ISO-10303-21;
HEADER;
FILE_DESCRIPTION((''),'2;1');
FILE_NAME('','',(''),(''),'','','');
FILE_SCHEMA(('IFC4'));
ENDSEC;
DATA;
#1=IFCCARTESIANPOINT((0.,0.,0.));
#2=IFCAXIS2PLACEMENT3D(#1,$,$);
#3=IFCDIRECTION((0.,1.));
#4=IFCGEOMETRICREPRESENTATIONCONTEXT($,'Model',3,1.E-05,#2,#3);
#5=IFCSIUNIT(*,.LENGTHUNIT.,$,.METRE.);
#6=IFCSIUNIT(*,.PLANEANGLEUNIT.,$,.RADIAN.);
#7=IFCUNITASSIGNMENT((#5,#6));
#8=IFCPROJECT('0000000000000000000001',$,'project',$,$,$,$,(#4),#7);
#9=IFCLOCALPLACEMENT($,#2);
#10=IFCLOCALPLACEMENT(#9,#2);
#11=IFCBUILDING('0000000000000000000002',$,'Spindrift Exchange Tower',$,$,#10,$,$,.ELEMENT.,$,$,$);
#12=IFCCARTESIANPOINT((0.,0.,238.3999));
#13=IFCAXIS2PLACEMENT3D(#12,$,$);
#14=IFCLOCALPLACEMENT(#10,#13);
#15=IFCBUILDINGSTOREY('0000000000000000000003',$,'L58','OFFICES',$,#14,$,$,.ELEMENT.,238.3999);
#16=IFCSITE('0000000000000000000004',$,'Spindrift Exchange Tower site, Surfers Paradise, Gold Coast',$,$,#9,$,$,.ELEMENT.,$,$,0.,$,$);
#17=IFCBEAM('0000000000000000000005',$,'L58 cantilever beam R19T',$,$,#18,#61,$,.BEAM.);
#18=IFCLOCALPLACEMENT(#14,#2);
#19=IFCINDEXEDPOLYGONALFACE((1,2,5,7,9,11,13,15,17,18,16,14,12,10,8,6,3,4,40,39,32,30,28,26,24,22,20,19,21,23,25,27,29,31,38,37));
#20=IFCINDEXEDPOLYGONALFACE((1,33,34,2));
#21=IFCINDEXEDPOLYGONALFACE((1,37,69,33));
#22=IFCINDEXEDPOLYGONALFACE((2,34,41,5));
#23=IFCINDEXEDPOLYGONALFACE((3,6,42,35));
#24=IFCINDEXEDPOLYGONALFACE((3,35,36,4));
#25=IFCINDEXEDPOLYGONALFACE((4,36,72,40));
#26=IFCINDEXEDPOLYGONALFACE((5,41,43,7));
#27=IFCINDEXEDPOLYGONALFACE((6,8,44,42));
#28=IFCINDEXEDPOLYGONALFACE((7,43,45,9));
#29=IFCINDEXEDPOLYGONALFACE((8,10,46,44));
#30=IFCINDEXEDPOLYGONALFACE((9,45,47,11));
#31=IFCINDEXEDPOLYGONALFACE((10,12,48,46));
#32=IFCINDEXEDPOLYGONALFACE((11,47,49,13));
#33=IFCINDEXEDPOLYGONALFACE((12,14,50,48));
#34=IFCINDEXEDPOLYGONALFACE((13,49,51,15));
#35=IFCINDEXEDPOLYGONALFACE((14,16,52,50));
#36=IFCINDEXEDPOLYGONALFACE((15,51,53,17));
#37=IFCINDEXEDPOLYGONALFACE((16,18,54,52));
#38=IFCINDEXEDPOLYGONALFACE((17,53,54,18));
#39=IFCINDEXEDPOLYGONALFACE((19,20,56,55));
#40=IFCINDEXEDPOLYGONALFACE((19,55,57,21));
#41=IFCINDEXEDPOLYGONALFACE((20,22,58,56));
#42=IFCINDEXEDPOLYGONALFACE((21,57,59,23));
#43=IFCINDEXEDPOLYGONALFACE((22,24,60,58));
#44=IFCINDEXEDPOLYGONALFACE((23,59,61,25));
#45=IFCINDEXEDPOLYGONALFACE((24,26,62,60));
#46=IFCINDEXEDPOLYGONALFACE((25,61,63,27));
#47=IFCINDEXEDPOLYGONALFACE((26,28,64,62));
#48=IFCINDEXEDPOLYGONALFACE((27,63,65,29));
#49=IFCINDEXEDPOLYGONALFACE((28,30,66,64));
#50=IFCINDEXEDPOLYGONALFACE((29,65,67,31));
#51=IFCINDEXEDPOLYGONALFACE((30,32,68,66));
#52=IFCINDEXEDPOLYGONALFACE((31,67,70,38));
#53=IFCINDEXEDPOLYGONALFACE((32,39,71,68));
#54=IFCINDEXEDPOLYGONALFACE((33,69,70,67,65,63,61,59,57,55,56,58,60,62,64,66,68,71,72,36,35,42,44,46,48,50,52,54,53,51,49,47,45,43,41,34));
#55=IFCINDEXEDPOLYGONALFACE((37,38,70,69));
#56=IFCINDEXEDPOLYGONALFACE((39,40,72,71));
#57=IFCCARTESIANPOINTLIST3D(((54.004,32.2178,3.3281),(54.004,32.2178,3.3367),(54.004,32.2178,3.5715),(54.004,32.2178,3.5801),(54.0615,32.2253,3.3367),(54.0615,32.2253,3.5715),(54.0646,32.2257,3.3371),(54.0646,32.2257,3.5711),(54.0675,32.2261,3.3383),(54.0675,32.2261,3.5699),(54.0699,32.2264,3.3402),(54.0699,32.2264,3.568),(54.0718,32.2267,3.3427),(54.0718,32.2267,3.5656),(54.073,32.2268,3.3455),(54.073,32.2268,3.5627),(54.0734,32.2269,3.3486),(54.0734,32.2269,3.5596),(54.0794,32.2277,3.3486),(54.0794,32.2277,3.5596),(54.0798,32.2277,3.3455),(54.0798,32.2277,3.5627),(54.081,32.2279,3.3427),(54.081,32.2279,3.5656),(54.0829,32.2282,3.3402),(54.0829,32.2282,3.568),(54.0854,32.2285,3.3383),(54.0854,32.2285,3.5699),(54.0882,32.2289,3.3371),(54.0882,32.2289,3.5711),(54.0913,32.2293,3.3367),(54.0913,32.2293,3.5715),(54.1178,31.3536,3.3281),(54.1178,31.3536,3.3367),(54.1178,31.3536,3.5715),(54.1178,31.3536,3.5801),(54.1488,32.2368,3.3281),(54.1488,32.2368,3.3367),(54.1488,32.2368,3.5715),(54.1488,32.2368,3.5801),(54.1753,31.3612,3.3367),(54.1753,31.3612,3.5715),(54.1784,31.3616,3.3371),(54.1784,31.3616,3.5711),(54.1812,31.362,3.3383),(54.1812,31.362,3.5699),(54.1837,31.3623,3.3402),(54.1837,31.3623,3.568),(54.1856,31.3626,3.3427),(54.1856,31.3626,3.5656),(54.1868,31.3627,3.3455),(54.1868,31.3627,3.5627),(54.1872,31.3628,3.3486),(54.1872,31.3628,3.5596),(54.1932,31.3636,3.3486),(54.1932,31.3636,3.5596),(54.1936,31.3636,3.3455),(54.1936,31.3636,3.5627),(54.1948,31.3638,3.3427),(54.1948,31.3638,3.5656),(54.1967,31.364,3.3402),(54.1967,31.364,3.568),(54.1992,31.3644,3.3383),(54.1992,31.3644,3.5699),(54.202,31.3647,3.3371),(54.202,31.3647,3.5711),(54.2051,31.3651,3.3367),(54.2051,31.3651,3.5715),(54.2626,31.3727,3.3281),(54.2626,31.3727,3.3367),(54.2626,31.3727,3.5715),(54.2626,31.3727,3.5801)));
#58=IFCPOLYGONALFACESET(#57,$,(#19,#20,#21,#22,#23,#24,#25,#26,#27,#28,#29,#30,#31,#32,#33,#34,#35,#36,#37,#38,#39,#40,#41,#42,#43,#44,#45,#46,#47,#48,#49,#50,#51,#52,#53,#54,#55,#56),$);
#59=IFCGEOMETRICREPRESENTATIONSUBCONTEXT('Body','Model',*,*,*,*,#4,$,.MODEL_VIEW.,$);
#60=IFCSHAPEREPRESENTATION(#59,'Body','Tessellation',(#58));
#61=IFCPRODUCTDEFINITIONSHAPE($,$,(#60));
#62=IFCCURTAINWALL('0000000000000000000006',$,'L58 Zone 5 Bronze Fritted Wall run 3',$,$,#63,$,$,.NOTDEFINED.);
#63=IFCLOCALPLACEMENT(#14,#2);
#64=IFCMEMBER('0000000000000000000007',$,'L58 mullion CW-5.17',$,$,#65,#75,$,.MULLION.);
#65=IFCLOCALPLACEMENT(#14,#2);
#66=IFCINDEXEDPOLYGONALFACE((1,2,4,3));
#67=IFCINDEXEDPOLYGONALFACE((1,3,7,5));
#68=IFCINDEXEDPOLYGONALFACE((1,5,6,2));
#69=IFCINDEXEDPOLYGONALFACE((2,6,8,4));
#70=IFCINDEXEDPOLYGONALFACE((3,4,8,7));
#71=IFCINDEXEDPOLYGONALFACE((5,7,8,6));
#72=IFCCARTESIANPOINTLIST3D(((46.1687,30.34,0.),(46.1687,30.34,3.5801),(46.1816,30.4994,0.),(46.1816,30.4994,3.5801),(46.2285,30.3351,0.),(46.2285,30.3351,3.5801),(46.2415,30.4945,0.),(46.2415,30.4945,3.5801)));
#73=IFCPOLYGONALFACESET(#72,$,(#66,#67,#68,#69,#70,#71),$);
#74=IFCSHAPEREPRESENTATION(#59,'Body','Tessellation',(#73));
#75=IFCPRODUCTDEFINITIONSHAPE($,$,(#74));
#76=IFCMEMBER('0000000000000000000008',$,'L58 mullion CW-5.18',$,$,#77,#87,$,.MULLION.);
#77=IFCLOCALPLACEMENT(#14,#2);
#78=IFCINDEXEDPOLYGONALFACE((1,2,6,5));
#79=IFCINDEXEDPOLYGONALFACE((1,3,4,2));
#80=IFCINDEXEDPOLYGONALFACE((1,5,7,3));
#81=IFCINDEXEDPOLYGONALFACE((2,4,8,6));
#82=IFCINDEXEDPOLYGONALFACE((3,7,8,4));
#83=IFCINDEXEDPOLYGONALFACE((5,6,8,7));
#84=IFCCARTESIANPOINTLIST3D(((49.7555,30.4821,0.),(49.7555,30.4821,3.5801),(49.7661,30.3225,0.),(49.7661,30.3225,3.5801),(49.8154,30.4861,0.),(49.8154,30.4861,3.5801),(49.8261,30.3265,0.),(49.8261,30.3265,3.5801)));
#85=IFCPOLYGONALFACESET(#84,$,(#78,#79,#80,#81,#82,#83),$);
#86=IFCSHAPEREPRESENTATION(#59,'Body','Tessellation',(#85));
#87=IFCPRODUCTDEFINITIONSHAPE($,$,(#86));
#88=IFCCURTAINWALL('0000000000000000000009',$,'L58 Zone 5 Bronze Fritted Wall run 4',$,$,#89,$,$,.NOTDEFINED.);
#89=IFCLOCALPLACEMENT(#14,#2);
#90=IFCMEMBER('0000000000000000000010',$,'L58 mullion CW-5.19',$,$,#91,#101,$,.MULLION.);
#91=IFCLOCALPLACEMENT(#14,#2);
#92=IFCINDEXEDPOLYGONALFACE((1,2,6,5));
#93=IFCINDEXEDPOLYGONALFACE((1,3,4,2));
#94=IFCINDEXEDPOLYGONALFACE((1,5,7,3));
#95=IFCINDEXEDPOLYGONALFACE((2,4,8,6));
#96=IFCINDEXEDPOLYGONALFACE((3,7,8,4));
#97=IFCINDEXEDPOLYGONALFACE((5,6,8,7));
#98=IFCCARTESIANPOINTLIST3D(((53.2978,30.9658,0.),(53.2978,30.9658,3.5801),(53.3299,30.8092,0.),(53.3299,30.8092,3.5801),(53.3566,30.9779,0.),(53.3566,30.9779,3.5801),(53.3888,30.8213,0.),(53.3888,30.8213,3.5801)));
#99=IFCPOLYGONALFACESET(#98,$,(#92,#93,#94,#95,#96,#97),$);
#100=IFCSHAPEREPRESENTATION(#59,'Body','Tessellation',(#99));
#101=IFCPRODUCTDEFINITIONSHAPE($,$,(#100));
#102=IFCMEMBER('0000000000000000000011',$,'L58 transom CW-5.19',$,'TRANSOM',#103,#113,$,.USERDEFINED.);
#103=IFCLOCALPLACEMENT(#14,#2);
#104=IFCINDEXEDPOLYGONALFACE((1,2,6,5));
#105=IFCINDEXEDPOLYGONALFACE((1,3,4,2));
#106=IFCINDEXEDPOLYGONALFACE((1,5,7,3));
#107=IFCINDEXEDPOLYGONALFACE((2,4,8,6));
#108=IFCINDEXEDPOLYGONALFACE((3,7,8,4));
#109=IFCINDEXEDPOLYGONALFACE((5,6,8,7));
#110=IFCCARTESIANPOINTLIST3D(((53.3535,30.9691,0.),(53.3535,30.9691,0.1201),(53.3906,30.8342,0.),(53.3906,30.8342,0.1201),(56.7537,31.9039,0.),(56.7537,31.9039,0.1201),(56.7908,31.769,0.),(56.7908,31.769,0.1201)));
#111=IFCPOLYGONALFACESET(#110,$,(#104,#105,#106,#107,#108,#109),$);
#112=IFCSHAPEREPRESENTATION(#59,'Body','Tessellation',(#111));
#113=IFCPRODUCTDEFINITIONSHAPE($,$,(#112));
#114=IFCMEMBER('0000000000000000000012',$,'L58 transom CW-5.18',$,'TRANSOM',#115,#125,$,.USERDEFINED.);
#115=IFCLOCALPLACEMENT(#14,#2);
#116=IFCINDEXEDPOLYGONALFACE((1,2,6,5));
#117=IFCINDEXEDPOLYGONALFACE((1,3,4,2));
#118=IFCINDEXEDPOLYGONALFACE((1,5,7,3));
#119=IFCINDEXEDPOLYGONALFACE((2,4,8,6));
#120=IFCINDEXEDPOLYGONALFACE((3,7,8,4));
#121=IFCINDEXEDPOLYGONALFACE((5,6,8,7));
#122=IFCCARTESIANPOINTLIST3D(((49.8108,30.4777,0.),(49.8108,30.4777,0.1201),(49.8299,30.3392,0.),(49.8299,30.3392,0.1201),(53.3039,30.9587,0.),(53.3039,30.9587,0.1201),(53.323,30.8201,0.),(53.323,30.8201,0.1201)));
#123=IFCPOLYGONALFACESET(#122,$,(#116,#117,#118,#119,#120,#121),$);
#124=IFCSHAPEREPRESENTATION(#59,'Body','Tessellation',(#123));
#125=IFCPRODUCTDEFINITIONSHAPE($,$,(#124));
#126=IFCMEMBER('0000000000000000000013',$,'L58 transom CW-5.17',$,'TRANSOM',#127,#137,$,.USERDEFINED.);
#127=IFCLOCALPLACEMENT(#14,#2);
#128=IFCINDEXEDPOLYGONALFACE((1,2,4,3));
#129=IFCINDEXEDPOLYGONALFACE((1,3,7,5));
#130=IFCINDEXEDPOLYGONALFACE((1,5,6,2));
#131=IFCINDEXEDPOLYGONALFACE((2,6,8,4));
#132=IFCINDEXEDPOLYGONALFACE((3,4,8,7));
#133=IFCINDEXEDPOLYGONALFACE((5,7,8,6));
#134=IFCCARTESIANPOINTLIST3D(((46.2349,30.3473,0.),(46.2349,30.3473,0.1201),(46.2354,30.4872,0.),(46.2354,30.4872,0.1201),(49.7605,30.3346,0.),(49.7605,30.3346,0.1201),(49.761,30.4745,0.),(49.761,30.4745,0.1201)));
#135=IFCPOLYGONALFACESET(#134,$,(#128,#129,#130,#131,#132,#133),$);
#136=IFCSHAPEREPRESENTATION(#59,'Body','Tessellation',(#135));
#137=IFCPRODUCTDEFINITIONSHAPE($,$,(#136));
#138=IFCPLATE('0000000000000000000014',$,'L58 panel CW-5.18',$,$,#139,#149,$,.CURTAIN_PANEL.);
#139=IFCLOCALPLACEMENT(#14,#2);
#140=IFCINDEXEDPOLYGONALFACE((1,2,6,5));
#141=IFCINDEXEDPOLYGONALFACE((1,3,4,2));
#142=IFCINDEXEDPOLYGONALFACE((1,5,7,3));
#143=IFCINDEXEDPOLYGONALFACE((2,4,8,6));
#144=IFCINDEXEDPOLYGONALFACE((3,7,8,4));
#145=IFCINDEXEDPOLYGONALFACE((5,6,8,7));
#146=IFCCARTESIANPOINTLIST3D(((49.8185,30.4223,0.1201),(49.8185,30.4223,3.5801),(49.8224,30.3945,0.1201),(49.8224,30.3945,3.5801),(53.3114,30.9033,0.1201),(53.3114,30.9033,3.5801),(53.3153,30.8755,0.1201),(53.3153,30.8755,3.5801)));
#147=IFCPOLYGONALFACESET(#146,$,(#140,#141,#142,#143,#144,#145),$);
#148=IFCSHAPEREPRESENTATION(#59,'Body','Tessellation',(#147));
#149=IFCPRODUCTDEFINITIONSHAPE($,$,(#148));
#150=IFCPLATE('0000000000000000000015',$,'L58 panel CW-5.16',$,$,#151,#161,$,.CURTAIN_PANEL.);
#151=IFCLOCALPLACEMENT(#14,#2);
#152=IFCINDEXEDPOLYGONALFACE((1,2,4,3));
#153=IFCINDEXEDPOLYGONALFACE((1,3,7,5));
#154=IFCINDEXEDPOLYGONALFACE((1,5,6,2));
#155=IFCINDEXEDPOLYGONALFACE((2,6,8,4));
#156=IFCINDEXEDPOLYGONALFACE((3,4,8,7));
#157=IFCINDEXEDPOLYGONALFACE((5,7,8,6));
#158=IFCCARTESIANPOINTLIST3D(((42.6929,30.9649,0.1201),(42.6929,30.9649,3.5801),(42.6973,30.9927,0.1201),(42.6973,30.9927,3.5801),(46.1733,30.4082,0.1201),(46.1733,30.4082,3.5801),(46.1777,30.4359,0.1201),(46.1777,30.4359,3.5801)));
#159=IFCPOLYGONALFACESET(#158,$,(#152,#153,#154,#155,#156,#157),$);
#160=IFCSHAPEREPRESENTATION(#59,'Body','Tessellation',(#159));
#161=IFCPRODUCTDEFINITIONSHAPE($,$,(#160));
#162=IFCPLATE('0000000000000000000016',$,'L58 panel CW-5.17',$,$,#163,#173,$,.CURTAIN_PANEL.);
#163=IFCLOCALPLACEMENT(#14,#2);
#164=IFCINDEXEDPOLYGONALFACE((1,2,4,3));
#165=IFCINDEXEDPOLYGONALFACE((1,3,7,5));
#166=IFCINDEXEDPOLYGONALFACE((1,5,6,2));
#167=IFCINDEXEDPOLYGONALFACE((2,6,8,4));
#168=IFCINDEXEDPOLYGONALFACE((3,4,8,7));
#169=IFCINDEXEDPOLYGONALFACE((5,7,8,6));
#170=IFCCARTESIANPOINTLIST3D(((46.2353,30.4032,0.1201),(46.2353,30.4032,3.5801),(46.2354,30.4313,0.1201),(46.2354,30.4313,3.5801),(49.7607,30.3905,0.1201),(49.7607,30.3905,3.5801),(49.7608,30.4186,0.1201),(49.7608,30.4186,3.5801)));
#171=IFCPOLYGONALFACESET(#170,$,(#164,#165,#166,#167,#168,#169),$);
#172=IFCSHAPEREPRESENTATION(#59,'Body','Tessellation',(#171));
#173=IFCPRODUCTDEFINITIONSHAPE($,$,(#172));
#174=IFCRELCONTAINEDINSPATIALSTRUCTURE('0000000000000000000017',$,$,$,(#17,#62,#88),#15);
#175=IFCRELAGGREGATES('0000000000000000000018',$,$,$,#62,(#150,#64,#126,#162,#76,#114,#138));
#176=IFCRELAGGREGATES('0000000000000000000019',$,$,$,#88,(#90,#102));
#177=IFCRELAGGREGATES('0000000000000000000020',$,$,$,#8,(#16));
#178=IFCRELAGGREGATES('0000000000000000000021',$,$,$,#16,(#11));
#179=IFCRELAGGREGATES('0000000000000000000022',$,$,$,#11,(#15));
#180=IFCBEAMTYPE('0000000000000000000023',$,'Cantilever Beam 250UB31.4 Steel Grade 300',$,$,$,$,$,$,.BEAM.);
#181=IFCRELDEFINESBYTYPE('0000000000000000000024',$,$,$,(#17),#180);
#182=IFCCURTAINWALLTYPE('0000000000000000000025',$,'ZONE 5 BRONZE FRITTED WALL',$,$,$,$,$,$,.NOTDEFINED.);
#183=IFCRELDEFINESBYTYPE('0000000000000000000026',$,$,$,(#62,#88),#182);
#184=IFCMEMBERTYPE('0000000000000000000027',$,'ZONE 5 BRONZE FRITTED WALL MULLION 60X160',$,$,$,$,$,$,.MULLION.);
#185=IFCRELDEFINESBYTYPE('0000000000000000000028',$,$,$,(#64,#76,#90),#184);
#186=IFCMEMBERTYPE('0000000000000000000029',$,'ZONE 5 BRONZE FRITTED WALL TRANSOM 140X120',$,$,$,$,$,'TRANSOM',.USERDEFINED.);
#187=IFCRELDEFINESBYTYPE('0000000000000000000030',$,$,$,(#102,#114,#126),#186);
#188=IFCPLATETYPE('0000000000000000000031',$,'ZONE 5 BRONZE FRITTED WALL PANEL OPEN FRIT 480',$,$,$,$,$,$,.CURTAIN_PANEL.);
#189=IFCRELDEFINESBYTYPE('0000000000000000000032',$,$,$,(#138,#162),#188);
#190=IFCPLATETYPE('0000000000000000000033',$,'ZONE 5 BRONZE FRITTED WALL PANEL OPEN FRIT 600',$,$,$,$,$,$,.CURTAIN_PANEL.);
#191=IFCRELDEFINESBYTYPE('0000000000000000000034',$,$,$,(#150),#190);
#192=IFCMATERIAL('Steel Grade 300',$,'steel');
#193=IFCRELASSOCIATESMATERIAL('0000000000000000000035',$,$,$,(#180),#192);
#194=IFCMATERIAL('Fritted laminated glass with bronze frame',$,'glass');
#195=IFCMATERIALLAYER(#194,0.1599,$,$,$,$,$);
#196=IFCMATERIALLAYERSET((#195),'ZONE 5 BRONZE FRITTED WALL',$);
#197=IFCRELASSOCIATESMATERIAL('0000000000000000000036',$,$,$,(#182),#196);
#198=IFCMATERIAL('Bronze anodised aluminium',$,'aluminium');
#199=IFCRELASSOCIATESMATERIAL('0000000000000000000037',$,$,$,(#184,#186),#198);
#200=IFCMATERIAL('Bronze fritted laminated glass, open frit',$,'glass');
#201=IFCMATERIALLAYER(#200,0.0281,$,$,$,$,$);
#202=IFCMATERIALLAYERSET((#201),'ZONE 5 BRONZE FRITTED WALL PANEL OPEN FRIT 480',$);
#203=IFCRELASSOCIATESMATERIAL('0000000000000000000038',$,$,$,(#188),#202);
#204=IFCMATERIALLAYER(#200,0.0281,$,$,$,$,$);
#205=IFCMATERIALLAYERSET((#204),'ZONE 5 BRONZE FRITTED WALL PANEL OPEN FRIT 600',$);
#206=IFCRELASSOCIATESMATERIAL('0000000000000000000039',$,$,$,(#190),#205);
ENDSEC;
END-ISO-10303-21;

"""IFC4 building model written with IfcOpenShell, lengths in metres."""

from ifc_helpers import new_model, si_unit, direction, frame, origin, origin_2d, place, context, subcontext, project, spatial, rectangle, i_section, extrude, source, transform, mapped, material, layer, layer_set, material_profile, profile_set, type_object, element, aggregate, save


model = new_model("IFC4")

# Units and contexts
model_context = context("Model", 3, precision=1e-05, world=origin(), true_north=direction((0.0, 1.0)))
body_context = subcontext(model_context, "Body", "Model", "MODEL_VIEW")
ifc_project = project(units=[si_unit("LENGTHUNIT", "METRE"), si_unit("PLANEANGLEUNIT", "RADIAN")], contexts=[model_context])

# Site, building, storey
site_placement = place(None, origin())
site = spatial("IfcSite", under=ifc_project, at=site_placement, Name="Spindrift Exchange Tower site, Surfers Paradise, Gold Coast", CompositionType="ELEMENT", RefElevation=0.0)
building_placement = place(site_placement, origin())
building = spatial("IfcBuilding", under=site, at=building_placement, Name="Spindrift Exchange Tower", CompositionType="ELEMENT")
storey_placement = place(building_placement, frame((0.0, 0.0, 238.3999)))
storey = spatial("IfcBuildingStorey", under=building, at=storey_placement, Name="L58", Description="OFFICES", CompositionType="ELEMENT", Elevation=238.3999)

# Beam
ifc_material_1 = material(Name="Steel Grade 300", Category="steel")
ifc_material_profile_1 = material_profile(ifc_material_1, i_section(OverallWidth=0.146, OverallDepth=0.252, WebThickness=0.0061, FlangeThickness=0.0085, FilletRadius=0.012, at=origin_2d()), Name="250UB31.4")
ifc_profile_set_1 = profile_set([ifc_material_profile_1], Name="Steel Grade 300")
beam_type_1 = type_object("IfcBeamType", Name="Cantilever Beam 250UB31.4 Steel Grade 300", PredefinedType="BEAM", material=ifc_profile_set_1)
shared_shape_1 = source(origin(), body_context, "Body", "SweptSolid", [
    extrude(i_section(OverallWidth=0.146, OverallDepth=0.252, WebThickness=0.0061, FlangeThickness=0.0085, FilletRadius=0.012, at=origin_2d()), origin(), (0.0, 0.0, 1.0), 0.8716),
])
beam_1_placement = place(storey_placement, frame((54.0764, 32.2273, 3.4541), z_axis=(0.130549, -0.991442, 0.0), x_axis=(0.991442, 0.130549, 0.0)))
element("IfcBeam", 1, at=beam_1_placement, inside=storey, type_object=beam_type_1, Name="L58 cantilever beam R19T", PredefinedType="BEAM", context=body_context, shape_type="MappedRepresentation", body=[
    mapped(shared_shape_1, transform((0.0, 0.0, 0.0), scale=1.0)),
])

# Curtain walls, members
ifc_material_2 = material(Name="Fritted laminated glass with bronze frame", Category="glass")
ifc_layer_1 = layer(ifc_material_2, 0.1599)
ifc_layer_set_1 = layer_set([ifc_layer_1], Name="ZONE 5 BRONZE FRITTED WALL")
curtain_wall_type = type_object("IfcCurtainWallType", Name="ZONE 5 BRONZE FRITTED WALL", PredefinedType="NOTDEFINED", material=ifc_layer_set_1)
curtain_wall_1_placement = place(storey_placement, origin())
curtain_wall_1 = element("IfcCurtainWall", 2, at=curtain_wall_1_placement, inside=storey, type_object=curtain_wall_type, Name="L58 Zone 5 Bronze Fritted Wall run 3", PredefinedType="NOTDEFINED")
ifc_material_3 = material(Name="Bronze anodised aluminium", Category="aluminium")
ifc_material_profile_2 = material_profile(ifc_material_3, rectangle(XDim=0.0601, YDim=0.1599, at=origin_2d()), Name="ZONE 5 BRONZE FRITTED WALL MULLION 60X160")
ifc_profile_set_2 = profile_set([ifc_material_profile_2], Name="Bronze anodised aluminium")
member_type_1 = type_object("IfcMemberType", Name="ZONE 5 BRONZE FRITTED WALL MULLION 60X160", PredefinedType="MULLION", material=ifc_profile_set_2)
shared_shape_2 = source(origin(), body_context, "Body", "SweptSolid", [
    extrude(rectangle(XDim=0.0601, YDim=0.1599, at=origin_2d()), origin(), (0.0, 0.0, 1.0), 3.5801),
])
member_1_placement = place(storey_placement, frame((46.2051, 30.4172, 0.0), z_axis=(0.0, 0.0, 1.0), x_axis=(0.996713, -0.081017, 0.0)))
member_1 = element("IfcMember", 3, at=member_1_placement, type_object=member_type_1, Name="L58 mullion CW-5.17", PredefinedType="MULLION", context=body_context, shape_type="MappedRepresentation", body=[
    mapped(shared_shape_2, transform((0.0, 0.0, 0.0), scale=1.0)),
])
member_2_placement = place(storey_placement, frame((49.7908, 30.4043, 0.0), z_axis=(0.0, 0.0, 1.0), x_axis=(0.997781, 0.066574, 0.0)))
member_2 = element("IfcMember", 4, at=member_2_placement, type_object=member_type_1, Name="L58 mullion CW-5.18", PredefinedType="MULLION", context=body_context, shape_type="MappedRepresentation", body=[
    mapped(shared_shape_2, transform((0.0, 0.0, 0.0), scale=1.0)),
])
curtain_wall_2_placement = place(storey_placement, origin())
curtain_wall_2 = element("IfcCurtainWall", 5, at=curtain_wall_2_placement, inside=storey, type_object=curtain_wall_type, Name="L58 Zone 5 Bronze Fritted Wall run 4", PredefinedType="NOTDEFINED")
member_3_placement = place(storey_placement, frame((53.3433, 30.8936, 0.0), z_axis=(0.0, 0.0, 1.0), x_axis=(0.979552, 0.201189, 0.0)))
member_3 = element("IfcMember", 6, at=member_3_placement, type_object=member_type_1, Name="L58 mullion CW-5.19", PredefinedType="MULLION", context=body_context, shape_type="MappedRepresentation", body=[
    mapped(shared_shape_2, transform((0.0, 0.0, 0.0), scale=1.0)),
])
ifc_material_profile_3 = material_profile(ifc_material_3, rectangle(XDim=0.1399, YDim=0.1201, at=origin_2d()), Name="ZONE 5 BRONZE FRITTED WALL TRANSOM 140X120")
ifc_profile_set_3 = profile_set([ifc_material_profile_3], Name="Bronze anodised aluminium")
member_type_2 = type_object("IfcMemberType", Name="ZONE 5 BRONZE FRITTED WALL TRANSOM 140X120", ElementType="TRANSOM", PredefinedType="USERDEFINED", material=ifc_profile_set_3)
shared_shape_3 = source(origin(), body_context, "Body", "SweptSolid", [
    extrude(rectangle(XDim=0.1399, YDim=0.1201, at=origin_2d()), origin(), (0.0, 0.0, 1.0), 3.5264),
])
member_4_placement = place(storey_placement, frame((53.3721, 30.9016, 0.0601), z_axis=(0.964222, 0.265097, 0.0), x_axis=(-0.265097, 0.964222, 0.0)))
member_4 = element("IfcMember", 7, at=member_4_placement, type_object=member_type_2, Name="L58 transom CW-5.19", ObjectType="TRANSOM", PredefinedType="USERDEFINED", context=body_context, shape_type="MappedRepresentation", body=[
    mapped(shared_shape_3, transform((0.0, 0.0, 0.0), scale=1.0)),
])

# Members
shared_shape_4 = source(origin(), body_context, "Body", "SweptSolid", [
    extrude(rectangle(XDim=0.1399, YDim=0.1201, at=origin_2d()), origin(), (0.0, 0.0, 1.0), 3.5261),
])
member_5_placement = place(storey_placement, frame((49.8203, 30.4084, 0.0601), z_axis=(0.990654, 0.136398, 0.0), x_axis=(-0.136398, 0.990654, 0.0)))
member_5 = element("IfcMember", 8, at=member_5_placement, type_object=member_type_2, Name="L58 transom CW-5.18", ObjectType="TRANSOM", PredefinedType="USERDEFINED", context=body_context, shape_type="MappedRepresentation", body=[
    mapped(shared_shape_4, transform((0.0, 0.0, 0.0), scale=1.0)),
])
shared_shape_5 = source(origin(), body_context, "Body", "SweptSolid", [
    extrude(rectangle(XDim=0.1399, YDim=0.1201, at=origin_2d()), origin(), (0.0, 0.0, 1.0), 3.5256),
])
member_6_placement = place(storey_placement, frame((46.2351, 30.4172, 0.0601), z_axis=(0.999994, -0.003601, 0.0), x_axis=(0.003601, 0.999994, 0.0)))
member_6 = element("IfcMember", 9, at=member_6_placement, type_object=member_type_2, Name="L58 transom CW-5.17", ObjectType="TRANSOM", PredefinedType="USERDEFINED", context=body_context, shape_type="MappedRepresentation", body=[
    mapped(shared_shape_5, transform((0.0, 0.0, 0.0), scale=1.0)),
])

# Plates
ifc_material_4 = material(Name="Bronze fritted laminated glass, open frit", Category="glass")
ifc_layer_2 = layer(ifc_material_4, 0.0281)
ifc_layer_set_2 = layer_set([ifc_layer_2], Name="ZONE 5 BRONZE FRITTED WALL PANEL OPEN FRIT 480")
plate_type_1 = type_object("IfcPlateType", Name="ZONE 5 BRONZE FRITTED WALL PANEL OPEN FRIT 480", PredefinedType="CURTAIN_PANEL", material=ifc_layer_set_2)
shared_shape_6 = source(origin(), body_context, "Body", "SweptSolid", [
    extrude(rectangle(XDim=3.5259, YDim=0.0281, at=origin_2d()), origin(), (0.0, 0.0, 1.0), 3.46),
])
plate_1_placement = place(storey_placement, frame((51.5669, 30.6489, 0.1201), z_axis=(0.0, 0.0, 1.0), x_axis=(0.990651, 0.136419, 0.0)))
plate_1 = element("IfcPlate", 10, at=plate_1_placement, type_object=plate_type_1, Name="L58 panel CW-5.18", PredefinedType="CURTAIN_PANEL", context=body_context, shape_type="MappedRepresentation", body=[
    mapped(shared_shape_6, transform((0.0, 0.0, 0.0), scale=1.0)),
])
ifc_layer_3 = layer(ifc_material_4, 0.0281)
ifc_layer_set_3 = layer_set([ifc_layer_3], Name="ZONE 5 BRONZE FRITTED WALL PANEL OPEN FRIT 600")
plate_type_2 = type_object("IfcPlateType", Name="ZONE 5 BRONZE FRITTED WALL PANEL OPEN FRIT 600", PredefinedType="CURTAIN_PANEL", material=ifc_layer_set_3)
shared_shape_7 = source(origin(), body_context, "Body", "SweptSolid", [
    extrude(rectangle(XDim=3.5247, YDim=0.0281, at=origin_2d()), origin(), (0.0, 0.0, 1.0), 3.46),
])
plate_2_placement = place(storey_placement, frame((44.4353, 30.7004, 0.1201), z_axis=(0.0, 0.0, 1.0), x_axis=(0.987447, -0.15795, 0.0)))
plate_2 = element("IfcPlate", 11, at=plate_2_placement, type_object=plate_type_2, Name="L58 panel CW-5.16", PredefinedType="CURTAIN_PANEL", context=body_context, shape_type="MappedRepresentation", body=[
    mapped(shared_shape_7, transform((0.0, 0.0, 0.0), scale=1.0)),
])
shared_shape_8 = source(origin(), body_context, "Body", "SweptSolid", [
    extrude(rectangle(XDim=3.5254, YDim=0.0281, at=origin_2d()), origin(), (0.0, 0.0, 1.0), 3.46),
])
plate_3_placement = place(storey_placement, frame((47.998, 30.4109, 0.1201), z_axis=(0.0, 0.0, 1.0), x_axis=(0.999994, -0.003597, 0.0)))
plate_3 = element("IfcPlate", 12, at=plate_3_placement, type_object=plate_type_1, Name="L58 panel CW-5.17", PredefinedType="CURTAIN_PANEL", context=body_context, shape_type="MappedRepresentation", body=[
    mapped(shared_shape_8, transform((0.0, 0.0, 0.0), scale=1.0)),
])
aggregate(curtain_wall_1, [plate_2, member_1, member_6, plate_3, member_2, member_5, plate_1])
aggregate(curtain_wall_2, [member_3, member_4])

save(model, "model.ifc")
